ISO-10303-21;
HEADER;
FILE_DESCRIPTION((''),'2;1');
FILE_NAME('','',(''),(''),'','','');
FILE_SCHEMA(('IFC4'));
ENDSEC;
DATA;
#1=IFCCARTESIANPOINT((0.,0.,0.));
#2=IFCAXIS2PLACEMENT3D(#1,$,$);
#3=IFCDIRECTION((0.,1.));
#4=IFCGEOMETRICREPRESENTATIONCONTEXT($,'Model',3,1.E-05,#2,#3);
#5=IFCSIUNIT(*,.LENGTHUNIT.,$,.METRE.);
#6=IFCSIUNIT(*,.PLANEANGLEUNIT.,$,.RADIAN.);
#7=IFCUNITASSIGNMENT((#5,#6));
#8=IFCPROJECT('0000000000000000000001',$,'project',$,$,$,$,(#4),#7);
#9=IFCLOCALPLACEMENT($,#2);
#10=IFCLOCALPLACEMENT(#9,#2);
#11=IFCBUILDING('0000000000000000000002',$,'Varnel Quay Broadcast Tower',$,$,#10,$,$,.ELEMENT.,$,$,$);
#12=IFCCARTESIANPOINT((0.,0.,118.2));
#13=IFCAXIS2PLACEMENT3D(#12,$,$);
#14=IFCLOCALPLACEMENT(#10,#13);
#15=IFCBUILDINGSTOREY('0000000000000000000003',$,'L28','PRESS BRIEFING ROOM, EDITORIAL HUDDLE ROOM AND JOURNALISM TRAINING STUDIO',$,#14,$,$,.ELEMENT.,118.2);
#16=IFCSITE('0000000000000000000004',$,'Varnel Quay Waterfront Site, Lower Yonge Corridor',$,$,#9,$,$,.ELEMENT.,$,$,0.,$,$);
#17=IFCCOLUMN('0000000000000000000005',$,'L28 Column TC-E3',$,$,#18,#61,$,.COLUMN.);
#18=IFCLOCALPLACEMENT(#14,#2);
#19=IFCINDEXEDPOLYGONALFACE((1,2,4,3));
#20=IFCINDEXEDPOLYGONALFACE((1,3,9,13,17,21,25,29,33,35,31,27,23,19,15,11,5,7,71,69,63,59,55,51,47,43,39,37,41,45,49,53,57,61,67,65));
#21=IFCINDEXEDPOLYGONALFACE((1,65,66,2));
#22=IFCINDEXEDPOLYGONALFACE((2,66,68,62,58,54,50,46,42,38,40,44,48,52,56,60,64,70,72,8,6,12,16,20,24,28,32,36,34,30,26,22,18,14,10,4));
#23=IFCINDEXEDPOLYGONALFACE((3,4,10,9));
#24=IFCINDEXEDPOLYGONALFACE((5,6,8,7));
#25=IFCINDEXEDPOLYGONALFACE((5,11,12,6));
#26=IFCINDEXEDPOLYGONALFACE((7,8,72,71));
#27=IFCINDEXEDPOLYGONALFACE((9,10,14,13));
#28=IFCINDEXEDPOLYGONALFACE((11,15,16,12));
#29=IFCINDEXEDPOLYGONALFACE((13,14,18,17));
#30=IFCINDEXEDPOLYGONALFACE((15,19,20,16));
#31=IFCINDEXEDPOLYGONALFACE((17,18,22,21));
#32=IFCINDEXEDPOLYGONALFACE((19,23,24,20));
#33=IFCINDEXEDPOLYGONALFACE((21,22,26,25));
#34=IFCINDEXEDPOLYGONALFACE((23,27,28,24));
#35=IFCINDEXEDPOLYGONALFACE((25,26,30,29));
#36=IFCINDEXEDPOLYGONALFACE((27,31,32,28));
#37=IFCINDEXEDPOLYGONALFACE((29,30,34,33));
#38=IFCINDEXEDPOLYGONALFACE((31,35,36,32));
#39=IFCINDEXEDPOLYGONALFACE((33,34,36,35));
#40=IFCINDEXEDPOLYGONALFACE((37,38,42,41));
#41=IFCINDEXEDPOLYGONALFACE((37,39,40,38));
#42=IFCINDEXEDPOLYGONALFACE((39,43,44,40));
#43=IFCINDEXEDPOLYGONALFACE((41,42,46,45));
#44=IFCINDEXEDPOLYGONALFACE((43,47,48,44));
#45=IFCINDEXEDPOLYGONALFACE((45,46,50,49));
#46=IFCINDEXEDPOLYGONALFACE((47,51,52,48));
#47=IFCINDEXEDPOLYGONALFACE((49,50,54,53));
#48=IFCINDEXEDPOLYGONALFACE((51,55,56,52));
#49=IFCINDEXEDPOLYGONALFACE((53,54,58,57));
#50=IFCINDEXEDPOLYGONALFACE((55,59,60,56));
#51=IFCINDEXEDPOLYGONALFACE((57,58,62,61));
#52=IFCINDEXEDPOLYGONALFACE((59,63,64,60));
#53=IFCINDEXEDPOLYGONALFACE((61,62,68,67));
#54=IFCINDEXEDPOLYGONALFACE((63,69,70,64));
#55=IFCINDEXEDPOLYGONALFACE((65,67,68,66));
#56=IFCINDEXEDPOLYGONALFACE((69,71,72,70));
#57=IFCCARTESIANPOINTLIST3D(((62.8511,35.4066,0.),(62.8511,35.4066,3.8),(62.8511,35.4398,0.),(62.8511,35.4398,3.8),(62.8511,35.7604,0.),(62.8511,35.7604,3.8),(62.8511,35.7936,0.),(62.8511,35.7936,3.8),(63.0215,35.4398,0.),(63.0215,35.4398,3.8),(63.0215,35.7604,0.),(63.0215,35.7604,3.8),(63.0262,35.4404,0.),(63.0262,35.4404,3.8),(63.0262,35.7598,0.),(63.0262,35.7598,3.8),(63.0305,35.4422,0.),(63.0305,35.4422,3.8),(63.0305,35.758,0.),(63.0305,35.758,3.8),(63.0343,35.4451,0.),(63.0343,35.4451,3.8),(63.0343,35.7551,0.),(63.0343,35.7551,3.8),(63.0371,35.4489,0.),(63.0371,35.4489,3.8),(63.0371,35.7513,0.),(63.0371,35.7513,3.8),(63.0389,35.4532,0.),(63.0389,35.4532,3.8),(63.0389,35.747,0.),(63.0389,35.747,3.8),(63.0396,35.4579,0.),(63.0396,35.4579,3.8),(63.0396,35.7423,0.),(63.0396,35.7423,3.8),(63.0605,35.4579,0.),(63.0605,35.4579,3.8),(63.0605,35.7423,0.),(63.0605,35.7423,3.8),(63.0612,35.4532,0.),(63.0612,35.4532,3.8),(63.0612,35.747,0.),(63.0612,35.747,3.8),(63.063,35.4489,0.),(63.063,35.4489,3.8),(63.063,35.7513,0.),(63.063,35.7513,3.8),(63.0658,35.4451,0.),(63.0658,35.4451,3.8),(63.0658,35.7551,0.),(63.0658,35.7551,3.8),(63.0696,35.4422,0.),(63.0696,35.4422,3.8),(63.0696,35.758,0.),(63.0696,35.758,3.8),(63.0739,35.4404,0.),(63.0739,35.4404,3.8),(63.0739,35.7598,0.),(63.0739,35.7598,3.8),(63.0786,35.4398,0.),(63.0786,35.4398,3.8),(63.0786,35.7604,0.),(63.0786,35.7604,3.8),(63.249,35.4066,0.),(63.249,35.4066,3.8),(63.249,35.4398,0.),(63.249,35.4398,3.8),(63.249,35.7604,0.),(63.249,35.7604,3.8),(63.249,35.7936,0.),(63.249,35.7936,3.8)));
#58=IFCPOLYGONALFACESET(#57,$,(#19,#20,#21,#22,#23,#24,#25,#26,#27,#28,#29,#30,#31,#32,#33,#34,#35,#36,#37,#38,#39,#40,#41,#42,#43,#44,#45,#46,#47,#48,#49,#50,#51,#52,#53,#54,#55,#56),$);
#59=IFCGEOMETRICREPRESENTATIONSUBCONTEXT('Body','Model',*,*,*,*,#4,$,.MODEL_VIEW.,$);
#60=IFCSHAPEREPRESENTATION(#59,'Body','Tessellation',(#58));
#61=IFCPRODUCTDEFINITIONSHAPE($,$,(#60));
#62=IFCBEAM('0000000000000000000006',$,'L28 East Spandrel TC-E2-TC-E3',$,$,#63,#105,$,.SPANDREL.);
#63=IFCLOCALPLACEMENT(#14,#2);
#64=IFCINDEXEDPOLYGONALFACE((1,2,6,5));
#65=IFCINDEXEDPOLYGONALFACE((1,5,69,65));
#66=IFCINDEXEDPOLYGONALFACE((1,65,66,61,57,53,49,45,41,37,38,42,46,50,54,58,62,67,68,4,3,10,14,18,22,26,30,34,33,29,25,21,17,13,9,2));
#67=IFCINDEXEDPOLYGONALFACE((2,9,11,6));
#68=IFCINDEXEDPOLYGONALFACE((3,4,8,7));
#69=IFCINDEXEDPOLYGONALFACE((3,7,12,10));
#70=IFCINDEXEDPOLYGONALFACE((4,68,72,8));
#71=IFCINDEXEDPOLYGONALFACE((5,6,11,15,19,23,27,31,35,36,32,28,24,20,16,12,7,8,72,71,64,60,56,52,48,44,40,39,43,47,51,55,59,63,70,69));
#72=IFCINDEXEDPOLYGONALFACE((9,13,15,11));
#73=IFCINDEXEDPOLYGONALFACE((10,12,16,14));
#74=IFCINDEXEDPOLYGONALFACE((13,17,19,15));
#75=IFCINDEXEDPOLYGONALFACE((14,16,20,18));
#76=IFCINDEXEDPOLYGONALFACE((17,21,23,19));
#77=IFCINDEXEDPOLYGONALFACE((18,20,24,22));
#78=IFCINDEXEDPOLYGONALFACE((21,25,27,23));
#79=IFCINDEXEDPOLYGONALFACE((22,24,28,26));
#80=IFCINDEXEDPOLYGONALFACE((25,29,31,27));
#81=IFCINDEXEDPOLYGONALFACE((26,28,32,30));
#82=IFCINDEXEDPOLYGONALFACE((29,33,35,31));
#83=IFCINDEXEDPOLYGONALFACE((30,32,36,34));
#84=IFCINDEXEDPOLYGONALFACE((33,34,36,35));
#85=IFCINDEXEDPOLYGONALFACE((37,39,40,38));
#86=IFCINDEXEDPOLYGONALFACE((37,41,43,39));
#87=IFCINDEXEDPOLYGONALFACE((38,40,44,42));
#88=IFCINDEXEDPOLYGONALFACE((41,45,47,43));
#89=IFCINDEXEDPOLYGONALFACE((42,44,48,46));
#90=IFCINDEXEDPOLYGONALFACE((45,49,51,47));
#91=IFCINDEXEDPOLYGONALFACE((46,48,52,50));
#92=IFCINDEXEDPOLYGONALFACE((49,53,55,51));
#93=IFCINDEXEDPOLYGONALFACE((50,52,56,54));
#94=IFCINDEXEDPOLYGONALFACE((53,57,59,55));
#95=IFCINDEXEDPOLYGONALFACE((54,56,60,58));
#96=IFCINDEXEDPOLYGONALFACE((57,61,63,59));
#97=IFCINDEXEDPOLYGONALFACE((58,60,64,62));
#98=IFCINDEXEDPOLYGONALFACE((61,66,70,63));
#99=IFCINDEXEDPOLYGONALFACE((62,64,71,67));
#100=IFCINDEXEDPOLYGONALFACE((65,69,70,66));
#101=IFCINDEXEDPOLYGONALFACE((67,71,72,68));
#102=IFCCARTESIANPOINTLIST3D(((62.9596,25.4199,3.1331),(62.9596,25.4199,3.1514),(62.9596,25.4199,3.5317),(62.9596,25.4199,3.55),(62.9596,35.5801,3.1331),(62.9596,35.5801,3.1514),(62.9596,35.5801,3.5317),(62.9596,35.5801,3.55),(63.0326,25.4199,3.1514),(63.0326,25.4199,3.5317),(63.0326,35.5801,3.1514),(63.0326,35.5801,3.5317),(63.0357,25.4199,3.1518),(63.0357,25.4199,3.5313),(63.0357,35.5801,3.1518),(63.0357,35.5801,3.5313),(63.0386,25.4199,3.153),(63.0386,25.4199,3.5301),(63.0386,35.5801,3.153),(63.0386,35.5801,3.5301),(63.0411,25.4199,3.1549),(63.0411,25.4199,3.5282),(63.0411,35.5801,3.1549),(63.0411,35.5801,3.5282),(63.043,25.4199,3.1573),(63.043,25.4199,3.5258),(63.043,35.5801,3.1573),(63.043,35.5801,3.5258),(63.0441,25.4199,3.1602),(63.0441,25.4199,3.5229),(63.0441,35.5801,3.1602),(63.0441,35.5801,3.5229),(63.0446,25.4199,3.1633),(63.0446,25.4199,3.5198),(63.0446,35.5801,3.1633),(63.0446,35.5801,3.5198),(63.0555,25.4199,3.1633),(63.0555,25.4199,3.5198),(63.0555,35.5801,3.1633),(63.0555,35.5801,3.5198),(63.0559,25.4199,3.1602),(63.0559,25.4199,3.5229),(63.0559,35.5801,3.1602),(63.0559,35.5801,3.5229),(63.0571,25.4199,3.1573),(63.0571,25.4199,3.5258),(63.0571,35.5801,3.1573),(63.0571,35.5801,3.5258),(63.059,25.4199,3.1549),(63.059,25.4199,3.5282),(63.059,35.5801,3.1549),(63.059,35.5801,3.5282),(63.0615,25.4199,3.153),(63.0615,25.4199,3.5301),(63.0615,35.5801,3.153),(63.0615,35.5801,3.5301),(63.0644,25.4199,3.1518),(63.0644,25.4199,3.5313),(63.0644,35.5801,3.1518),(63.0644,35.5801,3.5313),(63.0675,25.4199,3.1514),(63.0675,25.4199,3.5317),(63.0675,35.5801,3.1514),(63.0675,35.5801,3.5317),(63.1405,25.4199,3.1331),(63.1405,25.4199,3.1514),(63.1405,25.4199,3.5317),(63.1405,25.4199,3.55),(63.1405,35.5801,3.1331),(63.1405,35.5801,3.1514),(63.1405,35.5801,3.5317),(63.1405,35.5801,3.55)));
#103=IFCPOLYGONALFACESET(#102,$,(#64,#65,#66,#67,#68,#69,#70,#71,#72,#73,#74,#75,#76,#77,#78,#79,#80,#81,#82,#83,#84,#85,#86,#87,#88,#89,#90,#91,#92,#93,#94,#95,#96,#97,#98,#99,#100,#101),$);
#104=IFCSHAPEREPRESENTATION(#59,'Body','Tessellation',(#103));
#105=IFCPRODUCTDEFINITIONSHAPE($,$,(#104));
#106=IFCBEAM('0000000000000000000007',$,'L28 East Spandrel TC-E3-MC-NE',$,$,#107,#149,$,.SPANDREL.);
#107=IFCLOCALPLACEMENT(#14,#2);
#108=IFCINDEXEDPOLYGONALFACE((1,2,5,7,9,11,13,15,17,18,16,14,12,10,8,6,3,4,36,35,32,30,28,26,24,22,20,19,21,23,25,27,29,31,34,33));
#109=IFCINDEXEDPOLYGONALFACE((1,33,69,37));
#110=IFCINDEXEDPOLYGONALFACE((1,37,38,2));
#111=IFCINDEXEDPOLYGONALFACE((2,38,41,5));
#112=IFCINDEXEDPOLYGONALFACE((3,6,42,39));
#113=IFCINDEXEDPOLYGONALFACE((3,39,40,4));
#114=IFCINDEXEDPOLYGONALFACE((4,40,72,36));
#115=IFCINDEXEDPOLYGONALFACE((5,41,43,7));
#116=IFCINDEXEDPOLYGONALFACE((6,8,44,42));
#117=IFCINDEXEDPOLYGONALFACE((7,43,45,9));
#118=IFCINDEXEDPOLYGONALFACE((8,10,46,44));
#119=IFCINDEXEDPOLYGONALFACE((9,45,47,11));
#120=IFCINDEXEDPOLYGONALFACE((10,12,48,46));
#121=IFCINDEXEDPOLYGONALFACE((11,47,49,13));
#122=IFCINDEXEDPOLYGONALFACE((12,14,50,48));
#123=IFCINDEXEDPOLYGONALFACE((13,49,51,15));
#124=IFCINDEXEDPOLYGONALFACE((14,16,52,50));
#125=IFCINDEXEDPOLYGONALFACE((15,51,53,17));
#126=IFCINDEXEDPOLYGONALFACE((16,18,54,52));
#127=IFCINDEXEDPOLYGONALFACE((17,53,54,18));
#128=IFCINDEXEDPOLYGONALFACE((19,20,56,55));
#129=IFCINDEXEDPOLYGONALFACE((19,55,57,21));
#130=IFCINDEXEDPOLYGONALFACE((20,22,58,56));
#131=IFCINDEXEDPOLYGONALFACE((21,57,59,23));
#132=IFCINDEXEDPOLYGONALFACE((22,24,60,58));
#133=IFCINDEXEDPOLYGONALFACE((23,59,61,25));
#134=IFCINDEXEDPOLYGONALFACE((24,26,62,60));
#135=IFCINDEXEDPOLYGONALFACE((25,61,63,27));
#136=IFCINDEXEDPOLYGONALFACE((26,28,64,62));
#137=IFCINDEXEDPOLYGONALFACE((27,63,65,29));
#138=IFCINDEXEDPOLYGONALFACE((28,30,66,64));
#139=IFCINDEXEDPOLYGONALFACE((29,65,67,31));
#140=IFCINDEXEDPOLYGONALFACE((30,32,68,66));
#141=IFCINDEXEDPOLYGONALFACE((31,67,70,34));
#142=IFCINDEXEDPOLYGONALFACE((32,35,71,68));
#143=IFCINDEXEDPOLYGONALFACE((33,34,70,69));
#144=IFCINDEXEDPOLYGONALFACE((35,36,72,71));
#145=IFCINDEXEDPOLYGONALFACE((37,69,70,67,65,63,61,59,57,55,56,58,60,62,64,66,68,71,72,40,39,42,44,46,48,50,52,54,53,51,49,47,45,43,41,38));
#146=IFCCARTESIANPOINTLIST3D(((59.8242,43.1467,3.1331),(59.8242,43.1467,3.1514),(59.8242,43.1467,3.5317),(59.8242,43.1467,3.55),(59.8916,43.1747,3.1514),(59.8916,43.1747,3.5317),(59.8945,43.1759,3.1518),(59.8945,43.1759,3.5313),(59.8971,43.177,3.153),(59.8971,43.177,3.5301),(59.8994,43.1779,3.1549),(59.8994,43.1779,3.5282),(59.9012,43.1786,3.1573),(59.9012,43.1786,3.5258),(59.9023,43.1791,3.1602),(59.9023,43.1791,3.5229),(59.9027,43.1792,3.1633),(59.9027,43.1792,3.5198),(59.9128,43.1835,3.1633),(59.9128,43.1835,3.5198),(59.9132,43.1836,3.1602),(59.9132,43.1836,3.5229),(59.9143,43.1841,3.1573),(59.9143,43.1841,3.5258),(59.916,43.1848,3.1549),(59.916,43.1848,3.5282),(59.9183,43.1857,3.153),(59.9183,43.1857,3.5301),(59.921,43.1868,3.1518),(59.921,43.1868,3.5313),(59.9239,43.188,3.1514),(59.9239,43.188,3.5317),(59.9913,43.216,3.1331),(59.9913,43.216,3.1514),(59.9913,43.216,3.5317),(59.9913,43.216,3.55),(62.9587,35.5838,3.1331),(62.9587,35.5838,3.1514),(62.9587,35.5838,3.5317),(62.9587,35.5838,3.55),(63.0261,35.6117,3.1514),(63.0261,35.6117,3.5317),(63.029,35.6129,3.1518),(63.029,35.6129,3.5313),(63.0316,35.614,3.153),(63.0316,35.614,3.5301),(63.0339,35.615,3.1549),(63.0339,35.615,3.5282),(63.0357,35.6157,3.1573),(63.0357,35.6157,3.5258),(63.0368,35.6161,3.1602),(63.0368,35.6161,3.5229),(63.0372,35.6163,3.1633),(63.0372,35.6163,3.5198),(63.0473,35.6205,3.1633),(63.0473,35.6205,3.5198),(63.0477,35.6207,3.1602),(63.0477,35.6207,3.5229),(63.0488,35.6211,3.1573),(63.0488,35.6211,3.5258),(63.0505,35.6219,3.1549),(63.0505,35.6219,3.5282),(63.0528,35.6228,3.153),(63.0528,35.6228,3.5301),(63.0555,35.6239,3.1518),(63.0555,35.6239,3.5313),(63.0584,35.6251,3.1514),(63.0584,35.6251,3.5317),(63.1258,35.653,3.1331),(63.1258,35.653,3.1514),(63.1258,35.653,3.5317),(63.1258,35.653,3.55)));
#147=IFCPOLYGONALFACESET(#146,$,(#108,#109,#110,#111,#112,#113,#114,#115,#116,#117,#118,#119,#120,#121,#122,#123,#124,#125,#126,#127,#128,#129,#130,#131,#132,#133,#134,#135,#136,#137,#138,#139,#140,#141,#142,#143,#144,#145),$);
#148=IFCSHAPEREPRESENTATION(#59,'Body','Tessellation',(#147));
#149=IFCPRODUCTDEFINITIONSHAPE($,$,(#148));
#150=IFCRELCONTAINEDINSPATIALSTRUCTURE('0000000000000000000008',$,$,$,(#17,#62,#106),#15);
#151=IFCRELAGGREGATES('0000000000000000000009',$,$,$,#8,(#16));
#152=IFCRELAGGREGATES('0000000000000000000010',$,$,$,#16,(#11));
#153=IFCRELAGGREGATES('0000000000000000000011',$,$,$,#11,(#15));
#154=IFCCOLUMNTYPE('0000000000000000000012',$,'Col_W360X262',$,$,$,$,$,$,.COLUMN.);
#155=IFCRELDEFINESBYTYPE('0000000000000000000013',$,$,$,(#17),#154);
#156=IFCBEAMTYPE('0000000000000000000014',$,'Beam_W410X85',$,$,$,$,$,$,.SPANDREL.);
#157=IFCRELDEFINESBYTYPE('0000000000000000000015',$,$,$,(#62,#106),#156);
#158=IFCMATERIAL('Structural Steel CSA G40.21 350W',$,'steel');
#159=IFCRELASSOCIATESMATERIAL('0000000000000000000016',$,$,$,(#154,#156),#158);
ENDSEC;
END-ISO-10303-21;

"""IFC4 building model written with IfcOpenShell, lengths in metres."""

from ifc_helpers import new_model, si_unit, direction, frame, origin, origin_2d, place, context, subcontext, project, spatial, i_section, extrude, source, transform, mapped, material, material_profile, profile_set, type_object, type_shapes, element, save


model = new_model("IFC4")

# Units and contexts
model_context = context("Model", 3, precision=1e-05, world=origin(), true_north=direction((0.0, 1.0)))
body_context = subcontext(model_context, "Body", "Model", "MODEL_VIEW")
ifc_project = project(units=[si_unit("LENGTHUNIT", "METRE"), si_unit("PLANEANGLEUNIT", "RADIAN")], contexts=[model_context])

# Site, building, storey
site_placement = place(None, origin())
site = spatial("IfcSite", under=ifc_project, at=site_placement, Name="Varnel Quay Waterfront Site, Lower Yonge Corridor", CompositionType="ELEMENT", RefElevation=0.0)
building_placement = place(site_placement, origin())
building = spatial("IfcBuilding", under=site, at=building_placement, Name="Varnel Quay Broadcast Tower", CompositionType="ELEMENT")
storey_placement = place(building_placement, frame((0.0, 0.0, 118.2)))
storey = spatial("IfcBuildingStorey", under=building, at=storey_placement, Name="L28", Description="PRESS BRIEFING ROOM, EDITORIAL HUDDLE ROOM AND JOURNALISM TRAINING STUDIO", CompositionType="ELEMENT", Elevation=118.2)

# Column
ifc_material_1 = material(Name="Structural Steel CSA G40.21 350W", Category="steel")
ifc_material_profile_1 = material_profile(ifc_material_1, i_section(OverallWidth=0.3979, OverallDepth=0.387, WebThickness=0.021, FlangeThickness=0.0332, FilletRadius=0.0181, at=origin_2d()), Name="W360X262")
ifc_profile_set_1 = profile_set([ifc_material_profile_1], Name="Structural Steel CSA G40.21 350W")
column_type_1 = type_object("IfcColumnType", Name="Col_W360X262", PredefinedType="COLUMN", material=ifc_profile_set_1)
shared_shape_1 = source(origin(), body_context, "Body", "SweptSolid", [
    extrude(i_section(OverallWidth=0.3979, OverallDepth=0.387, WebThickness=0.021, FlangeThickness=0.0332, FilletRadius=0.0181, at=origin_2d()), origin(), (0.0, 0.0, 1.0), 3.8),
])
type_shapes(column_type_1, [shared_shape_1])
for number, where, z_axis, x_axis, name in (
    (1, (63.05, 35.6001, 0.0), (0.0, 0.0, 1.0), (1.0, 0.0, 0.0), "L28 Column TC-E3"),
):
    element("IfcColumn", number, at=place(storey_placement, frame(where, z_axis=z_axis, x_axis=x_axis)), inside=storey, type_object=column_type_1, Name=name, PredefinedType="COLUMN", context=body_context, shape_type="MappedRepresentation", body=[
        mapped(shared_shape_1, transform((0.0, 0.0, 0.0), x_axis=(1.0, 0.0, 0.0), y_axis=(0.0, 1.0, 0.0), z_axis=(0.0, 0.0, 1.0), scale=1.0)),
    ])

# Beams
ifc_material_profile_2 = material_profile(ifc_material_1, i_section(OverallWidth=0.1809, OverallDepth=0.417, WebThickness=0.011, FlangeThickness=0.0183, FilletRadius=0.012, at=origin_2d()), Name="W410X85")
ifc_profile_set_2 = profile_set([ifc_material_profile_2], Name="Structural Steel CSA G40.21 350W")
beam_type_1 = type_object("IfcBeamType", Name="Beam_W410X85", PredefinedType="SPANDREL", material=ifc_profile_set_2)
shared_shape_2 = source(origin(), body_context, "Body", "SweptSolid", [
    extrude(i_section(OverallWidth=0.1809, OverallDepth=0.417, WebThickness=0.011, FlangeThickness=0.0183, FilletRadius=0.012, at=origin_2d()), origin(), (0.0, 0.0, 1.0), 10.1602),
])
beam_1_placement = place(storey_placement, frame((63.05, 25.4199, 3.3416), z_axis=(0.0, 1.0, 0.0), x_axis=(-1.0, 0.0, 0.0)))
element("IfcBeam", 2, at=beam_1_placement, inside=storey, type_object=beam_type_1, Name="L28 East Spandrel TC-E2-TC-E3", PredefinedType="SPANDREL", context=body_context, shape_type="MappedRepresentation", body=[
    mapped(shared_shape_2, transform((0.0, 0.0, 0.0), x_axis=(1.0, 0.0, 0.0), y_axis=(0.0, 1.0, 0.0), z_axis=(0.0, 0.0, 1.0), scale=1.0)),
])
shared_shape_3 = source(origin(), body_context, "Body", "SweptSolid", [
    extrude(i_section(OverallWidth=0.1809, OverallDepth=0.417, WebThickness=0.011, FlangeThickness=0.0183, FilletRadius=0.012, at=origin_2d()), origin(), (0.0, 0.0, 1.0), 8.1868),
])
beam_2_placement = place(storey_placement, frame((63.0422, 35.6184, 3.3416), z_axis=(-0.382874, 0.923801, 0.0), x_axis=(-0.923801, -0.382874, 0.0)))
element("IfcBeam", 3, at=beam_2_placement, inside=storey, type_object=beam_type_1, Name="L28 East Spandrel TC-E3-MC-NE", PredefinedType="SPANDREL", context=body_context, shape_type="MappedRepresentation", body=[
    mapped(shared_shape_3, transform((0.0, 0.0, 0.0), x_axis=(1.0, 0.0, 0.0), y_axis=(0.0, 1.0, 0.0), z_axis=(0.0, 0.0, 1.0), scale=1.0)),
])

save(model, "model.ifc")
